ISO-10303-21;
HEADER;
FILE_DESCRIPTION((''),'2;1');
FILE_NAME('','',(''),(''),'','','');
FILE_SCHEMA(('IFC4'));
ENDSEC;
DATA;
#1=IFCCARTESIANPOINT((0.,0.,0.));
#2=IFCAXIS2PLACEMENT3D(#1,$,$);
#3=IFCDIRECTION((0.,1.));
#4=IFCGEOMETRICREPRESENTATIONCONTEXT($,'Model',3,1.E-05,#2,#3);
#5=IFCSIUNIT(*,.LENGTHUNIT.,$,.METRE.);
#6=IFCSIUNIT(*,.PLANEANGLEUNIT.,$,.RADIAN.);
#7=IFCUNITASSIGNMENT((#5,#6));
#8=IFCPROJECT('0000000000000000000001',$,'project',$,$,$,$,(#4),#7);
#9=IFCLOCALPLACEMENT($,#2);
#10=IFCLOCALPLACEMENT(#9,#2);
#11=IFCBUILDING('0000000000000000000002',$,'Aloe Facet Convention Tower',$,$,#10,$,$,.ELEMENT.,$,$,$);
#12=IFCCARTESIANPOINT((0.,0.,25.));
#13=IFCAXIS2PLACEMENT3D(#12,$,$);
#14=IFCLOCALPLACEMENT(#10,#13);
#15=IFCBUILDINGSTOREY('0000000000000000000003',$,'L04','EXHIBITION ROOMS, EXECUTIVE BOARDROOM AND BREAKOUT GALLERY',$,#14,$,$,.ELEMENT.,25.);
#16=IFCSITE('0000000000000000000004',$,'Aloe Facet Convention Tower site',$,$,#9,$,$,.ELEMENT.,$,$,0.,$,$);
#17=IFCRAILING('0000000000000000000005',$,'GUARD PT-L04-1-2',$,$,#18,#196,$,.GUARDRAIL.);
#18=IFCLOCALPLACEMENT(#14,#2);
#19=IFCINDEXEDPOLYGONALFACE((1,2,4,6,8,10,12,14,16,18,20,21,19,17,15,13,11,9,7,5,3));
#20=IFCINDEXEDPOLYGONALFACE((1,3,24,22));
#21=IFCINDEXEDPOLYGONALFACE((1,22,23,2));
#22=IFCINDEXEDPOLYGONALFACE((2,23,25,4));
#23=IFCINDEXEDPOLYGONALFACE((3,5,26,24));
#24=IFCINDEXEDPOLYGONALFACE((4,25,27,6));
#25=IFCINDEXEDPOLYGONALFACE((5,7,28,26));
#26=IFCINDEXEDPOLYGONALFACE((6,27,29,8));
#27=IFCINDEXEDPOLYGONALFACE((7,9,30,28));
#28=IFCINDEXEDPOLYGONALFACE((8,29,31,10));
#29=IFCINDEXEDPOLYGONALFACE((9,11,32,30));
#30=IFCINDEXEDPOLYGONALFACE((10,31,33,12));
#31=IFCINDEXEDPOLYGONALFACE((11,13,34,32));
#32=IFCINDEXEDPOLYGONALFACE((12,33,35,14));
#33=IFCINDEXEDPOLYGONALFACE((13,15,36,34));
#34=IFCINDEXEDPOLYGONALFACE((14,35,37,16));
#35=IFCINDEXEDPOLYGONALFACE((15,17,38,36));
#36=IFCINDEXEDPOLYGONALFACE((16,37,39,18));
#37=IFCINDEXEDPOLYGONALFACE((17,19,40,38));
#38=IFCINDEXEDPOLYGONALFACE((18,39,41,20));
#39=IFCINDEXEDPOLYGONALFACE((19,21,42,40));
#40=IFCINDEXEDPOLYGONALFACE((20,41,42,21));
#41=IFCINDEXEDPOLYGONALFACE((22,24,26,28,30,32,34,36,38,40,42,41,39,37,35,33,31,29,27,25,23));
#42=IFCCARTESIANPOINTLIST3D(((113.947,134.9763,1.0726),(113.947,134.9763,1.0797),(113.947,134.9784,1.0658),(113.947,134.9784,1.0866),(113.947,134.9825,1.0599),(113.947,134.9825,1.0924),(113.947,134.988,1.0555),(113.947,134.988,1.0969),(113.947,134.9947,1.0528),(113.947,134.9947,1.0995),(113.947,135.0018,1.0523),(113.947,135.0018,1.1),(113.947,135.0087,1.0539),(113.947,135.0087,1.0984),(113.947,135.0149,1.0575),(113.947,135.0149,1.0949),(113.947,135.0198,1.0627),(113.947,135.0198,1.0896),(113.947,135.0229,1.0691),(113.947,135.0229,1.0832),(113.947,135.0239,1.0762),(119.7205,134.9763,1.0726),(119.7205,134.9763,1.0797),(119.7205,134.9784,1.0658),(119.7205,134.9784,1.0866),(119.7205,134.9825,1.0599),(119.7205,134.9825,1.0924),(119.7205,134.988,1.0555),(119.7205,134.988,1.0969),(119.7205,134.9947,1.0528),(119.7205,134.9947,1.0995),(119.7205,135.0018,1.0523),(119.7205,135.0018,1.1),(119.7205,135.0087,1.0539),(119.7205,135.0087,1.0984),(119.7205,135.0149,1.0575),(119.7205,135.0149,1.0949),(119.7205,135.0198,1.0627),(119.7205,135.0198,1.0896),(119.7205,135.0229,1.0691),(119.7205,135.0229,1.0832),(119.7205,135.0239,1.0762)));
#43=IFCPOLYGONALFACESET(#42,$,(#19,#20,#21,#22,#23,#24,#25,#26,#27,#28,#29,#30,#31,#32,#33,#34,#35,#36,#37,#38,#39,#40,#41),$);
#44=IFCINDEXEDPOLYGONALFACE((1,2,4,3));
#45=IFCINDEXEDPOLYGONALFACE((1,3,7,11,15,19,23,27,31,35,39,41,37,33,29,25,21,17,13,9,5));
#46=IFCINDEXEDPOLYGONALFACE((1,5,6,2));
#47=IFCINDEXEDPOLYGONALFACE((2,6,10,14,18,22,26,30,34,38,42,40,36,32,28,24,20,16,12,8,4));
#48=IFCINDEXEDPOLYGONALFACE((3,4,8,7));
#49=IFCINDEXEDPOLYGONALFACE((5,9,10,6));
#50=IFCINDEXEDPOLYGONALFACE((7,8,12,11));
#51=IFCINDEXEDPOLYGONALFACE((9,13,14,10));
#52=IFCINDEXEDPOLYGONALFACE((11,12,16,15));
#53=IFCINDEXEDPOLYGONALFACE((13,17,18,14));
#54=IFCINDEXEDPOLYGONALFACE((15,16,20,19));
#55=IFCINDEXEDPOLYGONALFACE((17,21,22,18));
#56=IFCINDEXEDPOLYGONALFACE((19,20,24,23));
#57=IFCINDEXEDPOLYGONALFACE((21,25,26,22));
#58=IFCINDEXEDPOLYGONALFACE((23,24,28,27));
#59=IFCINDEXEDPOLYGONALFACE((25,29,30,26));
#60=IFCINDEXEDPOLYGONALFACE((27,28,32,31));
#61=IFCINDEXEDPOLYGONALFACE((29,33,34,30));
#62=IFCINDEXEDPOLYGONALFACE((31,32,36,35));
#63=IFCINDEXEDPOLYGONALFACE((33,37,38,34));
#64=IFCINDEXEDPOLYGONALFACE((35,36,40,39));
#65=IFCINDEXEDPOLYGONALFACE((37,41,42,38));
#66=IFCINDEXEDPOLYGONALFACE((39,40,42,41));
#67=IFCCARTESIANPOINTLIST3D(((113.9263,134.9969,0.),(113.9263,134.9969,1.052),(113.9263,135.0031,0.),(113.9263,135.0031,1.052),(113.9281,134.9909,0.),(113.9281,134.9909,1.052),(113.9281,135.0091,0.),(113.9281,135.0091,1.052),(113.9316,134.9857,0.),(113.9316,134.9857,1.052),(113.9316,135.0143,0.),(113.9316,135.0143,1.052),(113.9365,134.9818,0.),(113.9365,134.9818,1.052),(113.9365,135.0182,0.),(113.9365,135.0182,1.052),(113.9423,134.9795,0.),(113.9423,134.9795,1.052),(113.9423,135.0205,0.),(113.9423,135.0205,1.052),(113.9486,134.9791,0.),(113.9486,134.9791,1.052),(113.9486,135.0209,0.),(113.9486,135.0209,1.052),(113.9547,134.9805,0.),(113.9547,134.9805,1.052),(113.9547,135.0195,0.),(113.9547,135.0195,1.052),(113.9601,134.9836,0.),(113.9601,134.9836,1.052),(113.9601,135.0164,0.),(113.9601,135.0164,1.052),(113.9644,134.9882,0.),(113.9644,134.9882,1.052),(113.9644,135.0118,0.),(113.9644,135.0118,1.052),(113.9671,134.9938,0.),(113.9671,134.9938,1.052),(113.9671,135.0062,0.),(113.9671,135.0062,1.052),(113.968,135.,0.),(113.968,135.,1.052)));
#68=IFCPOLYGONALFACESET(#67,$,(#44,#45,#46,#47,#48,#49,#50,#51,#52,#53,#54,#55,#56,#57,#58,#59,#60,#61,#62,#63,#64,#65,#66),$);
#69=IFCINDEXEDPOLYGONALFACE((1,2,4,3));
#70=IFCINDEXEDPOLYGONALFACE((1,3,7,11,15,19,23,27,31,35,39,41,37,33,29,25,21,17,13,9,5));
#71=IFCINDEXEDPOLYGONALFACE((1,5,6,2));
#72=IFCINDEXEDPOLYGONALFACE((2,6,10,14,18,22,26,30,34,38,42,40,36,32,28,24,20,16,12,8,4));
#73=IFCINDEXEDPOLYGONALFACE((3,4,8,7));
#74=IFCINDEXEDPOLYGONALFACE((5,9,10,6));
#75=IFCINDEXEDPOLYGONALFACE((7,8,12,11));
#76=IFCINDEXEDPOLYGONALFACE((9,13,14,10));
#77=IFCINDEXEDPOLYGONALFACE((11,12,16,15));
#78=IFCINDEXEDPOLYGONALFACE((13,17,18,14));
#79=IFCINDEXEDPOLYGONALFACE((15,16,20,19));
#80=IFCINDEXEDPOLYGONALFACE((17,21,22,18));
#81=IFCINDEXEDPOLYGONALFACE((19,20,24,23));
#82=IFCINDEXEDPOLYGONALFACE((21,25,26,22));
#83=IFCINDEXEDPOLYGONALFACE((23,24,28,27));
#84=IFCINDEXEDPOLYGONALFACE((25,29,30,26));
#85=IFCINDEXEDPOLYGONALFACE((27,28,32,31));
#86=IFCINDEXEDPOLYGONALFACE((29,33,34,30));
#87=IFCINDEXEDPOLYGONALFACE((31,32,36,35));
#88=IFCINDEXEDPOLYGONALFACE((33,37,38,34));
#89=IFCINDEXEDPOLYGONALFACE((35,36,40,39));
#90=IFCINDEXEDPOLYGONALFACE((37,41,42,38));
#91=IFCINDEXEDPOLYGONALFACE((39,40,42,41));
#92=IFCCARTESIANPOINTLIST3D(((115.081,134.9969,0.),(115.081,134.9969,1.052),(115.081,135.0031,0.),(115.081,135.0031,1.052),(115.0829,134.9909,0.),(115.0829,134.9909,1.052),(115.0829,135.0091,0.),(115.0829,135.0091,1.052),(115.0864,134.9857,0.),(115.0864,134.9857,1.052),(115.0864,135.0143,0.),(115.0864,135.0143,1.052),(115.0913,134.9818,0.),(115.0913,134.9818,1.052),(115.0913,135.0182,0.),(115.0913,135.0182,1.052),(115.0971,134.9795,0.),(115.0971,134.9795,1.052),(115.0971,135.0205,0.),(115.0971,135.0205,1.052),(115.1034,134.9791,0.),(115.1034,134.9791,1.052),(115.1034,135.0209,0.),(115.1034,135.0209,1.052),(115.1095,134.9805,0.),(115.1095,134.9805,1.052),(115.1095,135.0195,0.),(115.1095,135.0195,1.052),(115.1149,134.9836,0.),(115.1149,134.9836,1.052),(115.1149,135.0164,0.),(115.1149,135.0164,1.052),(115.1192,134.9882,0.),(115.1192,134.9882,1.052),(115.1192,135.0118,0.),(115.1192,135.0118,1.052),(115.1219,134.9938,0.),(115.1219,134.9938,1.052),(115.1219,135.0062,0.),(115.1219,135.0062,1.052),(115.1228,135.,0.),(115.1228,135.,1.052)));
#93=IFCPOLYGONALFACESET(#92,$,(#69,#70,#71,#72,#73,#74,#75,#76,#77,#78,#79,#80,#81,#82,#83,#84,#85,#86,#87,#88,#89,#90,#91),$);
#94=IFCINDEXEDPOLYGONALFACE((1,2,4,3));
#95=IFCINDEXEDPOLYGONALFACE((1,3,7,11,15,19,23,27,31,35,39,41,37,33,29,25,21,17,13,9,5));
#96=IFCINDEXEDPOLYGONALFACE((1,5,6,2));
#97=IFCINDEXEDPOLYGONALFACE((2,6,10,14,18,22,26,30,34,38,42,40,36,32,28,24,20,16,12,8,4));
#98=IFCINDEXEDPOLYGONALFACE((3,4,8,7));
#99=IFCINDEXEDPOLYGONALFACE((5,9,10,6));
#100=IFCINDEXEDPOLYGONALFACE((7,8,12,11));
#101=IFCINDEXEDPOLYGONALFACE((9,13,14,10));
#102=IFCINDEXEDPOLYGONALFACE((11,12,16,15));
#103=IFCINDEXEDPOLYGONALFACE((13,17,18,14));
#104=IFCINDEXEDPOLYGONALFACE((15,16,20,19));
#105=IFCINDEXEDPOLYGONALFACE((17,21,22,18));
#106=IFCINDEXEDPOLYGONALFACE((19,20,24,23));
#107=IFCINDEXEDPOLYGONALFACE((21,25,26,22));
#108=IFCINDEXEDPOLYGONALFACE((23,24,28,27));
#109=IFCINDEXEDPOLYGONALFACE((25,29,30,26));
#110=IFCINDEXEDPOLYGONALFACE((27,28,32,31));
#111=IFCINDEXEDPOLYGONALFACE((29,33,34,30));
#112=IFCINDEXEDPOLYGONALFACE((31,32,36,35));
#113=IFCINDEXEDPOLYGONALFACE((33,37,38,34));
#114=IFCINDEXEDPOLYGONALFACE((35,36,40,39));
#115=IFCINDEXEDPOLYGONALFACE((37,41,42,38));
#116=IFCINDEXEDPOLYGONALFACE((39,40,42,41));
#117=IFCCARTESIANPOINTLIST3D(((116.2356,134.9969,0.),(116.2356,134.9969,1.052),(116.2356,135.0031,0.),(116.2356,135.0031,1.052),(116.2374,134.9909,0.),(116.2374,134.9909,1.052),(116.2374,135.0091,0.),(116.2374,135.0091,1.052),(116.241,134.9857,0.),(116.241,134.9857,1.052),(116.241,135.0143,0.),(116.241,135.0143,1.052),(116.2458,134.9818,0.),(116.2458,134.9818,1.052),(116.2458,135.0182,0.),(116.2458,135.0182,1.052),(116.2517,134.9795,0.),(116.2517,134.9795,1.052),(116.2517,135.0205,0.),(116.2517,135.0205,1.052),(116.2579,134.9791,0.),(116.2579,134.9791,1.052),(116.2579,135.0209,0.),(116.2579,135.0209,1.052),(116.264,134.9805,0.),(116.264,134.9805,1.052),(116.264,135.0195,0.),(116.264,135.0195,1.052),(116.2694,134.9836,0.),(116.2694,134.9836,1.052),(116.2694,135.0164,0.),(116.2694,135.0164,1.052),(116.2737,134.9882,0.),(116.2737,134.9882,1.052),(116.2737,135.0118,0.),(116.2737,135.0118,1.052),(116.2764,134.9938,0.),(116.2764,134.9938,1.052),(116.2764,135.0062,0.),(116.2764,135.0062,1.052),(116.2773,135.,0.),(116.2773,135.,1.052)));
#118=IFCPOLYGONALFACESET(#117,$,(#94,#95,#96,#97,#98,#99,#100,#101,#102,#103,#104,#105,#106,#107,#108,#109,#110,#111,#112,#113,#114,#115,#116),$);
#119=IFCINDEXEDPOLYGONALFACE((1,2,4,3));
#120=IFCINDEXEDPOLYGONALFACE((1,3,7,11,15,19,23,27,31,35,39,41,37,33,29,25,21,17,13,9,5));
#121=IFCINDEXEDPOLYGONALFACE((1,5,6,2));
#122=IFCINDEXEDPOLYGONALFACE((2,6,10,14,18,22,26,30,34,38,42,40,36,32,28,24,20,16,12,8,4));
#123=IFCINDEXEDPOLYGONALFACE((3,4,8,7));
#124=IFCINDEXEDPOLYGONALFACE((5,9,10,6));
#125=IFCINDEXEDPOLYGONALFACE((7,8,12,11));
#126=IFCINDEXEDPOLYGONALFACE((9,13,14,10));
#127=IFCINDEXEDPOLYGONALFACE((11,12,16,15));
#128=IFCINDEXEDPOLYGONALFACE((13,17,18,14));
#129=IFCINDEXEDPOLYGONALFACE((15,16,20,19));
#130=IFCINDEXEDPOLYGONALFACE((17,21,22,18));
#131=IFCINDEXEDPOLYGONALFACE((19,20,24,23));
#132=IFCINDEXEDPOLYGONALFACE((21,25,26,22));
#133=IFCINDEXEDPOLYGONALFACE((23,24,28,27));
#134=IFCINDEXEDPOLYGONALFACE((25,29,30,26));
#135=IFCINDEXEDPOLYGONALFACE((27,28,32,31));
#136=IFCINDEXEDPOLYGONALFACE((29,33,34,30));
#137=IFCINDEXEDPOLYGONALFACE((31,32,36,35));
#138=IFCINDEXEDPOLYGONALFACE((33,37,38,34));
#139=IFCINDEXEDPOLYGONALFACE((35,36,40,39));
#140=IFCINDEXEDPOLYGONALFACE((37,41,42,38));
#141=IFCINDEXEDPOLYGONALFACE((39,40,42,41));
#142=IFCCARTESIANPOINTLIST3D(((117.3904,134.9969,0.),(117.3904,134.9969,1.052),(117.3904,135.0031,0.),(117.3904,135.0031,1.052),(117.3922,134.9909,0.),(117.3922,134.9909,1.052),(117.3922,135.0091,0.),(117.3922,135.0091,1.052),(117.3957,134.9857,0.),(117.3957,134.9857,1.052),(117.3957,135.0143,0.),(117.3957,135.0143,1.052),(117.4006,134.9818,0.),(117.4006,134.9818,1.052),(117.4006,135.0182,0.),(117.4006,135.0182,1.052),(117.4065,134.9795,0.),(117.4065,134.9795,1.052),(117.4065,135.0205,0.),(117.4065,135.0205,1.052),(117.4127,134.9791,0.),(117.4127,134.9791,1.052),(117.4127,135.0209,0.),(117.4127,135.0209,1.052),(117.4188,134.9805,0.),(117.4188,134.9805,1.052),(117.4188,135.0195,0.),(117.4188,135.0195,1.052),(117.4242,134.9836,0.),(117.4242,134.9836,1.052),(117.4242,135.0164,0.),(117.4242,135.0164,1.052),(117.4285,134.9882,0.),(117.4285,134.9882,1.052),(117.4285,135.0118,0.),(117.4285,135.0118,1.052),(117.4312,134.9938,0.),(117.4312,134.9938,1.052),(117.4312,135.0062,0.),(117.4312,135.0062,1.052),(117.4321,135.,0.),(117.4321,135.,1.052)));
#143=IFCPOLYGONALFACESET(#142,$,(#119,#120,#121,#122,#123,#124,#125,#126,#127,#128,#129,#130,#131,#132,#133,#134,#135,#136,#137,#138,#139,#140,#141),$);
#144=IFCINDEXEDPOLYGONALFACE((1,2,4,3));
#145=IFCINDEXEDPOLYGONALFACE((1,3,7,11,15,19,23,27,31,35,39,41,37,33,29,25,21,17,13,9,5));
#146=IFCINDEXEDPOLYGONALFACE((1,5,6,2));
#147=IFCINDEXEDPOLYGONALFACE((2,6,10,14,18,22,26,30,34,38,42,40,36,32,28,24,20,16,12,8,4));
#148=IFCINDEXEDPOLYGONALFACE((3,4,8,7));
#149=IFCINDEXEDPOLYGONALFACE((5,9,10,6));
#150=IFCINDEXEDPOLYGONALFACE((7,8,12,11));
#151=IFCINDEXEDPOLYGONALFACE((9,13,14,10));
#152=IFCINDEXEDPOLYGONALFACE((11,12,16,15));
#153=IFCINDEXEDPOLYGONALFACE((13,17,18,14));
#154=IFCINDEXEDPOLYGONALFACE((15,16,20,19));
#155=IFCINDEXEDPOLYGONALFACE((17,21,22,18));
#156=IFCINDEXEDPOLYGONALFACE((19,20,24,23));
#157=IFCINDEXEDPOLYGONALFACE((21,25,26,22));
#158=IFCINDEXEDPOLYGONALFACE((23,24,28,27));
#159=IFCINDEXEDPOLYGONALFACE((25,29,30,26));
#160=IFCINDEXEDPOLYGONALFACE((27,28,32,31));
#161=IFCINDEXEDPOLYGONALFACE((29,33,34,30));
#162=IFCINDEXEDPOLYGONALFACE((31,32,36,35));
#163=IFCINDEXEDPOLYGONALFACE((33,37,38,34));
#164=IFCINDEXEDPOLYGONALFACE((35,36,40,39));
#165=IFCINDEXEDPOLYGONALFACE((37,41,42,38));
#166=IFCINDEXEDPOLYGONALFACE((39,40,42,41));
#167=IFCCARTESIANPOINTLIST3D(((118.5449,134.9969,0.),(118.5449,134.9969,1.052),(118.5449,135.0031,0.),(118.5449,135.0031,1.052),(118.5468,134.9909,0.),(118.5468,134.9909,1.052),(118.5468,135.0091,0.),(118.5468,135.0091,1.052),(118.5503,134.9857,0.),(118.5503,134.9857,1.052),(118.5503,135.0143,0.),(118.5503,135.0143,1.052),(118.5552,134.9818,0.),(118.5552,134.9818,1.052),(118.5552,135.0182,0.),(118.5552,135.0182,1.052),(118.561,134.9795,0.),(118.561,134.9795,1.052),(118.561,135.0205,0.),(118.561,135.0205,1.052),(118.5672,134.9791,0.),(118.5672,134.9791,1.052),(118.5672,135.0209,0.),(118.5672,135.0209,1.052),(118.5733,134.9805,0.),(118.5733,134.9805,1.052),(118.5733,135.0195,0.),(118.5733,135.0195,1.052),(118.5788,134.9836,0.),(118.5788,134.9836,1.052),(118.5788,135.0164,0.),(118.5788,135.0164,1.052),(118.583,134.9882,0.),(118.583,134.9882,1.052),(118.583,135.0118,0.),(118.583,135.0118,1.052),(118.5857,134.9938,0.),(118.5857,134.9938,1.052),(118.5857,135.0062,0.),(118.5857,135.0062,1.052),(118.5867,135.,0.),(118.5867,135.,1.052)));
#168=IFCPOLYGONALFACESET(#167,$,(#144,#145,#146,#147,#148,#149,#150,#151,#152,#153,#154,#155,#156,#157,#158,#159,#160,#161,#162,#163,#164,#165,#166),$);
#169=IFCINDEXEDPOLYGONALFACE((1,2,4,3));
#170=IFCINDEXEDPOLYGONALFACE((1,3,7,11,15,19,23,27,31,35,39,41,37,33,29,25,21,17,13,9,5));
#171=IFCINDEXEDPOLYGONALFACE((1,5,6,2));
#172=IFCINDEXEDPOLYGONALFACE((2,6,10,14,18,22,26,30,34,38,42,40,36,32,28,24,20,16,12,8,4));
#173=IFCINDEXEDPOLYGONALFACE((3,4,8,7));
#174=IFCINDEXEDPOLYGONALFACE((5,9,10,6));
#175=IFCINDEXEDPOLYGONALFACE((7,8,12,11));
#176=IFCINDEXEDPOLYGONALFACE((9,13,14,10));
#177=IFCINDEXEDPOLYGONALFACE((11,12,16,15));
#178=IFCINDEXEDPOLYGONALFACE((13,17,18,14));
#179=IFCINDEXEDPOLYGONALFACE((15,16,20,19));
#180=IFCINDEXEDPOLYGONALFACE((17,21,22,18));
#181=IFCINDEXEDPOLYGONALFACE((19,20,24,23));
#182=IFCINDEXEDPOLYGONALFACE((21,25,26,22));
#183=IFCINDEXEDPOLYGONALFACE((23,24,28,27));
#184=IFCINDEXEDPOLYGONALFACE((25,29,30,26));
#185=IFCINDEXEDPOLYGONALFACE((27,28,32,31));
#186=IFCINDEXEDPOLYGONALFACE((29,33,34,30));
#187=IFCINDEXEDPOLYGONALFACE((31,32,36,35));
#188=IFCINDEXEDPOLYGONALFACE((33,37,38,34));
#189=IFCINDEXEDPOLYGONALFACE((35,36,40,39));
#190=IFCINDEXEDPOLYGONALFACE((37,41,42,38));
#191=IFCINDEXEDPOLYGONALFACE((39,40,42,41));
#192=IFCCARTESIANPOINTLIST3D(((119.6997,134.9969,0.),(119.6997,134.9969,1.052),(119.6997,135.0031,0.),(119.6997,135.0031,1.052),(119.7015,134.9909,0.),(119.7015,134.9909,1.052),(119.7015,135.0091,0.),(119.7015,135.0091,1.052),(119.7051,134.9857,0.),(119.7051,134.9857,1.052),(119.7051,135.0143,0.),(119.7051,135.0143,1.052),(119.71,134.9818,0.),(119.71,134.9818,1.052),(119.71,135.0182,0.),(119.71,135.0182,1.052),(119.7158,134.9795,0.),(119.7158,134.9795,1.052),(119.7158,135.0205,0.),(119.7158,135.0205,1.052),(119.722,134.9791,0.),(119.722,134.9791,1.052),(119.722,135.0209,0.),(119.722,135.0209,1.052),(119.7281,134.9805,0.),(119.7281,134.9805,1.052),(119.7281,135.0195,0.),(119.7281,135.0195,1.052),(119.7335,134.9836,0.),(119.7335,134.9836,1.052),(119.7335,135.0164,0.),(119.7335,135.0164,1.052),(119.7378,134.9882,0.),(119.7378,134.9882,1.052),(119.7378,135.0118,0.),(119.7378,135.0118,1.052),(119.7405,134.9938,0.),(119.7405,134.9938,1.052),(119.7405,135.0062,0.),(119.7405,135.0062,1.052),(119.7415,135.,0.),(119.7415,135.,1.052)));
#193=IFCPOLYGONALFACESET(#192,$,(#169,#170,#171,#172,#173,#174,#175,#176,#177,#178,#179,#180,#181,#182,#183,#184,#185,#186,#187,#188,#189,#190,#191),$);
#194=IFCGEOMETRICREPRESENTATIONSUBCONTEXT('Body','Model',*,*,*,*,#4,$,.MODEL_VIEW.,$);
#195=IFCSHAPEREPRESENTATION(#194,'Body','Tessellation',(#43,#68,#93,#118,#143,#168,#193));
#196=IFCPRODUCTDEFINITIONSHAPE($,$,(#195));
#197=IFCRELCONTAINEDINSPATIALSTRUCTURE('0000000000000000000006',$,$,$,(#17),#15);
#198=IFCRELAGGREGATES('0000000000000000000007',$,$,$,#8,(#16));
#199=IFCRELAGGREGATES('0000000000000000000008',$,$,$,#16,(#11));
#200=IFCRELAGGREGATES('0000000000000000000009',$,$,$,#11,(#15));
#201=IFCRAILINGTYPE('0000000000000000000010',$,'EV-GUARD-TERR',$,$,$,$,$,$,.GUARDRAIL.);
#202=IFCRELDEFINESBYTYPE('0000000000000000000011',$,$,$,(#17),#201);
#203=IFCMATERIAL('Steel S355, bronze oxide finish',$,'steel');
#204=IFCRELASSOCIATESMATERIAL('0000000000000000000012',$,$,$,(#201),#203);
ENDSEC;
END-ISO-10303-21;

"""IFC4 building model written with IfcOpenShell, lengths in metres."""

from ifc_helpers import new_model, si_unit, direction, frame, origin, origin_2d, place, context, subcontext, project, spatial, circle, extrude, material, type_object, element, save


model = new_model("IFC4")

# Units and contexts
model_context = context("Model", 3, precision=1e-05, world=origin(), true_north=direction((0.0, 1.0)))
body_context = subcontext(model_context, "Body", "Model", "MODEL_VIEW")
ifc_project = project(units=[si_unit("LENGTHUNIT", "METRE"), si_unit("PLANEANGLEUNIT", "RADIAN")], contexts=[model_context])

# Site, building, storey
site_placement = place(None, origin())
site = spatial("IfcSite", under=ifc_project, at=site_placement, Name="Aloe Facet Convention Tower site", CompositionType="ELEMENT", RefElevation=0.0)
building_placement = place(site_placement, origin())
building = spatial("IfcBuilding", under=site, at=building_placement, Name="Aloe Facet Convention Tower", CompositionType="ELEMENT")
storey_placement = place(building_placement, frame((0.0, 0.0, 25.0)))
storey = spatial("IfcBuildingStorey", under=building, at=storey_placement, Name="L04", Description="EXHIBITION ROOMS, EXECUTIVE BOARDROOM AND BREAKOUT GALLERY", CompositionType="ELEMENT", Elevation=25.0)

# Railing
ifc_material_1 = material(Name="Steel S355, bronze oxide finish", Category="steel")
railing_type = type_object("IfcRailingType", Name="EV-GUARD-TERR", PredefinedType="GUARDRAIL", material=ifc_material_1)
railing_1_placement = place(storey_placement, frame((113.947, 135.0, 0.0)))
element("IfcRailing", 1, at=railing_1_placement, inside=storey, type_object=railing_type, Name="GUARD PT-L04-1-2", PredefinedType="GUARDRAIL", context=body_context, shape_type="SweptSolid", body=[
    extrude(circle(Radius=0.0239, at=origin_2d()), frame((0.0, 0.0, 1.0762), z_axis=(1.0, 0.0, 0.0), x_axis=(0.0, 1.0, 0.0)), (0.0, 0.0, 1.0), 5.7734),
    extrude(circle(Radius=0.021, at=origin_2d()), origin(), (0.0, 0.0, 1.0), 1.052),
    extrude(circle(Radius=0.021, at=origin_2d()), frame((1.1548, 0.0, 0.0)), (0.0, 0.0, 1.0), 1.052),
    extrude(circle(Radius=0.021, at=origin_2d()), frame((2.3093, 0.0, 0.0)), (0.0, 0.0, 1.0), 1.052),
    extrude(circle(Radius=0.021, at=origin_2d()), frame((3.4641, 0.0, 0.0)), (0.0, 0.0, 1.0), 1.052),
    extrude(circle(Radius=0.021, at=origin_2d()), frame((4.6187, 0.0, 0.0)), (0.0, 0.0, 1.0), 1.052),
    extrude(circle(Radius=0.021, at=origin_2d()), frame((5.7734, 0.0, 0.0)), (0.0, 0.0, 1.0), 1.052),
])

save(model, "model.ifc")
